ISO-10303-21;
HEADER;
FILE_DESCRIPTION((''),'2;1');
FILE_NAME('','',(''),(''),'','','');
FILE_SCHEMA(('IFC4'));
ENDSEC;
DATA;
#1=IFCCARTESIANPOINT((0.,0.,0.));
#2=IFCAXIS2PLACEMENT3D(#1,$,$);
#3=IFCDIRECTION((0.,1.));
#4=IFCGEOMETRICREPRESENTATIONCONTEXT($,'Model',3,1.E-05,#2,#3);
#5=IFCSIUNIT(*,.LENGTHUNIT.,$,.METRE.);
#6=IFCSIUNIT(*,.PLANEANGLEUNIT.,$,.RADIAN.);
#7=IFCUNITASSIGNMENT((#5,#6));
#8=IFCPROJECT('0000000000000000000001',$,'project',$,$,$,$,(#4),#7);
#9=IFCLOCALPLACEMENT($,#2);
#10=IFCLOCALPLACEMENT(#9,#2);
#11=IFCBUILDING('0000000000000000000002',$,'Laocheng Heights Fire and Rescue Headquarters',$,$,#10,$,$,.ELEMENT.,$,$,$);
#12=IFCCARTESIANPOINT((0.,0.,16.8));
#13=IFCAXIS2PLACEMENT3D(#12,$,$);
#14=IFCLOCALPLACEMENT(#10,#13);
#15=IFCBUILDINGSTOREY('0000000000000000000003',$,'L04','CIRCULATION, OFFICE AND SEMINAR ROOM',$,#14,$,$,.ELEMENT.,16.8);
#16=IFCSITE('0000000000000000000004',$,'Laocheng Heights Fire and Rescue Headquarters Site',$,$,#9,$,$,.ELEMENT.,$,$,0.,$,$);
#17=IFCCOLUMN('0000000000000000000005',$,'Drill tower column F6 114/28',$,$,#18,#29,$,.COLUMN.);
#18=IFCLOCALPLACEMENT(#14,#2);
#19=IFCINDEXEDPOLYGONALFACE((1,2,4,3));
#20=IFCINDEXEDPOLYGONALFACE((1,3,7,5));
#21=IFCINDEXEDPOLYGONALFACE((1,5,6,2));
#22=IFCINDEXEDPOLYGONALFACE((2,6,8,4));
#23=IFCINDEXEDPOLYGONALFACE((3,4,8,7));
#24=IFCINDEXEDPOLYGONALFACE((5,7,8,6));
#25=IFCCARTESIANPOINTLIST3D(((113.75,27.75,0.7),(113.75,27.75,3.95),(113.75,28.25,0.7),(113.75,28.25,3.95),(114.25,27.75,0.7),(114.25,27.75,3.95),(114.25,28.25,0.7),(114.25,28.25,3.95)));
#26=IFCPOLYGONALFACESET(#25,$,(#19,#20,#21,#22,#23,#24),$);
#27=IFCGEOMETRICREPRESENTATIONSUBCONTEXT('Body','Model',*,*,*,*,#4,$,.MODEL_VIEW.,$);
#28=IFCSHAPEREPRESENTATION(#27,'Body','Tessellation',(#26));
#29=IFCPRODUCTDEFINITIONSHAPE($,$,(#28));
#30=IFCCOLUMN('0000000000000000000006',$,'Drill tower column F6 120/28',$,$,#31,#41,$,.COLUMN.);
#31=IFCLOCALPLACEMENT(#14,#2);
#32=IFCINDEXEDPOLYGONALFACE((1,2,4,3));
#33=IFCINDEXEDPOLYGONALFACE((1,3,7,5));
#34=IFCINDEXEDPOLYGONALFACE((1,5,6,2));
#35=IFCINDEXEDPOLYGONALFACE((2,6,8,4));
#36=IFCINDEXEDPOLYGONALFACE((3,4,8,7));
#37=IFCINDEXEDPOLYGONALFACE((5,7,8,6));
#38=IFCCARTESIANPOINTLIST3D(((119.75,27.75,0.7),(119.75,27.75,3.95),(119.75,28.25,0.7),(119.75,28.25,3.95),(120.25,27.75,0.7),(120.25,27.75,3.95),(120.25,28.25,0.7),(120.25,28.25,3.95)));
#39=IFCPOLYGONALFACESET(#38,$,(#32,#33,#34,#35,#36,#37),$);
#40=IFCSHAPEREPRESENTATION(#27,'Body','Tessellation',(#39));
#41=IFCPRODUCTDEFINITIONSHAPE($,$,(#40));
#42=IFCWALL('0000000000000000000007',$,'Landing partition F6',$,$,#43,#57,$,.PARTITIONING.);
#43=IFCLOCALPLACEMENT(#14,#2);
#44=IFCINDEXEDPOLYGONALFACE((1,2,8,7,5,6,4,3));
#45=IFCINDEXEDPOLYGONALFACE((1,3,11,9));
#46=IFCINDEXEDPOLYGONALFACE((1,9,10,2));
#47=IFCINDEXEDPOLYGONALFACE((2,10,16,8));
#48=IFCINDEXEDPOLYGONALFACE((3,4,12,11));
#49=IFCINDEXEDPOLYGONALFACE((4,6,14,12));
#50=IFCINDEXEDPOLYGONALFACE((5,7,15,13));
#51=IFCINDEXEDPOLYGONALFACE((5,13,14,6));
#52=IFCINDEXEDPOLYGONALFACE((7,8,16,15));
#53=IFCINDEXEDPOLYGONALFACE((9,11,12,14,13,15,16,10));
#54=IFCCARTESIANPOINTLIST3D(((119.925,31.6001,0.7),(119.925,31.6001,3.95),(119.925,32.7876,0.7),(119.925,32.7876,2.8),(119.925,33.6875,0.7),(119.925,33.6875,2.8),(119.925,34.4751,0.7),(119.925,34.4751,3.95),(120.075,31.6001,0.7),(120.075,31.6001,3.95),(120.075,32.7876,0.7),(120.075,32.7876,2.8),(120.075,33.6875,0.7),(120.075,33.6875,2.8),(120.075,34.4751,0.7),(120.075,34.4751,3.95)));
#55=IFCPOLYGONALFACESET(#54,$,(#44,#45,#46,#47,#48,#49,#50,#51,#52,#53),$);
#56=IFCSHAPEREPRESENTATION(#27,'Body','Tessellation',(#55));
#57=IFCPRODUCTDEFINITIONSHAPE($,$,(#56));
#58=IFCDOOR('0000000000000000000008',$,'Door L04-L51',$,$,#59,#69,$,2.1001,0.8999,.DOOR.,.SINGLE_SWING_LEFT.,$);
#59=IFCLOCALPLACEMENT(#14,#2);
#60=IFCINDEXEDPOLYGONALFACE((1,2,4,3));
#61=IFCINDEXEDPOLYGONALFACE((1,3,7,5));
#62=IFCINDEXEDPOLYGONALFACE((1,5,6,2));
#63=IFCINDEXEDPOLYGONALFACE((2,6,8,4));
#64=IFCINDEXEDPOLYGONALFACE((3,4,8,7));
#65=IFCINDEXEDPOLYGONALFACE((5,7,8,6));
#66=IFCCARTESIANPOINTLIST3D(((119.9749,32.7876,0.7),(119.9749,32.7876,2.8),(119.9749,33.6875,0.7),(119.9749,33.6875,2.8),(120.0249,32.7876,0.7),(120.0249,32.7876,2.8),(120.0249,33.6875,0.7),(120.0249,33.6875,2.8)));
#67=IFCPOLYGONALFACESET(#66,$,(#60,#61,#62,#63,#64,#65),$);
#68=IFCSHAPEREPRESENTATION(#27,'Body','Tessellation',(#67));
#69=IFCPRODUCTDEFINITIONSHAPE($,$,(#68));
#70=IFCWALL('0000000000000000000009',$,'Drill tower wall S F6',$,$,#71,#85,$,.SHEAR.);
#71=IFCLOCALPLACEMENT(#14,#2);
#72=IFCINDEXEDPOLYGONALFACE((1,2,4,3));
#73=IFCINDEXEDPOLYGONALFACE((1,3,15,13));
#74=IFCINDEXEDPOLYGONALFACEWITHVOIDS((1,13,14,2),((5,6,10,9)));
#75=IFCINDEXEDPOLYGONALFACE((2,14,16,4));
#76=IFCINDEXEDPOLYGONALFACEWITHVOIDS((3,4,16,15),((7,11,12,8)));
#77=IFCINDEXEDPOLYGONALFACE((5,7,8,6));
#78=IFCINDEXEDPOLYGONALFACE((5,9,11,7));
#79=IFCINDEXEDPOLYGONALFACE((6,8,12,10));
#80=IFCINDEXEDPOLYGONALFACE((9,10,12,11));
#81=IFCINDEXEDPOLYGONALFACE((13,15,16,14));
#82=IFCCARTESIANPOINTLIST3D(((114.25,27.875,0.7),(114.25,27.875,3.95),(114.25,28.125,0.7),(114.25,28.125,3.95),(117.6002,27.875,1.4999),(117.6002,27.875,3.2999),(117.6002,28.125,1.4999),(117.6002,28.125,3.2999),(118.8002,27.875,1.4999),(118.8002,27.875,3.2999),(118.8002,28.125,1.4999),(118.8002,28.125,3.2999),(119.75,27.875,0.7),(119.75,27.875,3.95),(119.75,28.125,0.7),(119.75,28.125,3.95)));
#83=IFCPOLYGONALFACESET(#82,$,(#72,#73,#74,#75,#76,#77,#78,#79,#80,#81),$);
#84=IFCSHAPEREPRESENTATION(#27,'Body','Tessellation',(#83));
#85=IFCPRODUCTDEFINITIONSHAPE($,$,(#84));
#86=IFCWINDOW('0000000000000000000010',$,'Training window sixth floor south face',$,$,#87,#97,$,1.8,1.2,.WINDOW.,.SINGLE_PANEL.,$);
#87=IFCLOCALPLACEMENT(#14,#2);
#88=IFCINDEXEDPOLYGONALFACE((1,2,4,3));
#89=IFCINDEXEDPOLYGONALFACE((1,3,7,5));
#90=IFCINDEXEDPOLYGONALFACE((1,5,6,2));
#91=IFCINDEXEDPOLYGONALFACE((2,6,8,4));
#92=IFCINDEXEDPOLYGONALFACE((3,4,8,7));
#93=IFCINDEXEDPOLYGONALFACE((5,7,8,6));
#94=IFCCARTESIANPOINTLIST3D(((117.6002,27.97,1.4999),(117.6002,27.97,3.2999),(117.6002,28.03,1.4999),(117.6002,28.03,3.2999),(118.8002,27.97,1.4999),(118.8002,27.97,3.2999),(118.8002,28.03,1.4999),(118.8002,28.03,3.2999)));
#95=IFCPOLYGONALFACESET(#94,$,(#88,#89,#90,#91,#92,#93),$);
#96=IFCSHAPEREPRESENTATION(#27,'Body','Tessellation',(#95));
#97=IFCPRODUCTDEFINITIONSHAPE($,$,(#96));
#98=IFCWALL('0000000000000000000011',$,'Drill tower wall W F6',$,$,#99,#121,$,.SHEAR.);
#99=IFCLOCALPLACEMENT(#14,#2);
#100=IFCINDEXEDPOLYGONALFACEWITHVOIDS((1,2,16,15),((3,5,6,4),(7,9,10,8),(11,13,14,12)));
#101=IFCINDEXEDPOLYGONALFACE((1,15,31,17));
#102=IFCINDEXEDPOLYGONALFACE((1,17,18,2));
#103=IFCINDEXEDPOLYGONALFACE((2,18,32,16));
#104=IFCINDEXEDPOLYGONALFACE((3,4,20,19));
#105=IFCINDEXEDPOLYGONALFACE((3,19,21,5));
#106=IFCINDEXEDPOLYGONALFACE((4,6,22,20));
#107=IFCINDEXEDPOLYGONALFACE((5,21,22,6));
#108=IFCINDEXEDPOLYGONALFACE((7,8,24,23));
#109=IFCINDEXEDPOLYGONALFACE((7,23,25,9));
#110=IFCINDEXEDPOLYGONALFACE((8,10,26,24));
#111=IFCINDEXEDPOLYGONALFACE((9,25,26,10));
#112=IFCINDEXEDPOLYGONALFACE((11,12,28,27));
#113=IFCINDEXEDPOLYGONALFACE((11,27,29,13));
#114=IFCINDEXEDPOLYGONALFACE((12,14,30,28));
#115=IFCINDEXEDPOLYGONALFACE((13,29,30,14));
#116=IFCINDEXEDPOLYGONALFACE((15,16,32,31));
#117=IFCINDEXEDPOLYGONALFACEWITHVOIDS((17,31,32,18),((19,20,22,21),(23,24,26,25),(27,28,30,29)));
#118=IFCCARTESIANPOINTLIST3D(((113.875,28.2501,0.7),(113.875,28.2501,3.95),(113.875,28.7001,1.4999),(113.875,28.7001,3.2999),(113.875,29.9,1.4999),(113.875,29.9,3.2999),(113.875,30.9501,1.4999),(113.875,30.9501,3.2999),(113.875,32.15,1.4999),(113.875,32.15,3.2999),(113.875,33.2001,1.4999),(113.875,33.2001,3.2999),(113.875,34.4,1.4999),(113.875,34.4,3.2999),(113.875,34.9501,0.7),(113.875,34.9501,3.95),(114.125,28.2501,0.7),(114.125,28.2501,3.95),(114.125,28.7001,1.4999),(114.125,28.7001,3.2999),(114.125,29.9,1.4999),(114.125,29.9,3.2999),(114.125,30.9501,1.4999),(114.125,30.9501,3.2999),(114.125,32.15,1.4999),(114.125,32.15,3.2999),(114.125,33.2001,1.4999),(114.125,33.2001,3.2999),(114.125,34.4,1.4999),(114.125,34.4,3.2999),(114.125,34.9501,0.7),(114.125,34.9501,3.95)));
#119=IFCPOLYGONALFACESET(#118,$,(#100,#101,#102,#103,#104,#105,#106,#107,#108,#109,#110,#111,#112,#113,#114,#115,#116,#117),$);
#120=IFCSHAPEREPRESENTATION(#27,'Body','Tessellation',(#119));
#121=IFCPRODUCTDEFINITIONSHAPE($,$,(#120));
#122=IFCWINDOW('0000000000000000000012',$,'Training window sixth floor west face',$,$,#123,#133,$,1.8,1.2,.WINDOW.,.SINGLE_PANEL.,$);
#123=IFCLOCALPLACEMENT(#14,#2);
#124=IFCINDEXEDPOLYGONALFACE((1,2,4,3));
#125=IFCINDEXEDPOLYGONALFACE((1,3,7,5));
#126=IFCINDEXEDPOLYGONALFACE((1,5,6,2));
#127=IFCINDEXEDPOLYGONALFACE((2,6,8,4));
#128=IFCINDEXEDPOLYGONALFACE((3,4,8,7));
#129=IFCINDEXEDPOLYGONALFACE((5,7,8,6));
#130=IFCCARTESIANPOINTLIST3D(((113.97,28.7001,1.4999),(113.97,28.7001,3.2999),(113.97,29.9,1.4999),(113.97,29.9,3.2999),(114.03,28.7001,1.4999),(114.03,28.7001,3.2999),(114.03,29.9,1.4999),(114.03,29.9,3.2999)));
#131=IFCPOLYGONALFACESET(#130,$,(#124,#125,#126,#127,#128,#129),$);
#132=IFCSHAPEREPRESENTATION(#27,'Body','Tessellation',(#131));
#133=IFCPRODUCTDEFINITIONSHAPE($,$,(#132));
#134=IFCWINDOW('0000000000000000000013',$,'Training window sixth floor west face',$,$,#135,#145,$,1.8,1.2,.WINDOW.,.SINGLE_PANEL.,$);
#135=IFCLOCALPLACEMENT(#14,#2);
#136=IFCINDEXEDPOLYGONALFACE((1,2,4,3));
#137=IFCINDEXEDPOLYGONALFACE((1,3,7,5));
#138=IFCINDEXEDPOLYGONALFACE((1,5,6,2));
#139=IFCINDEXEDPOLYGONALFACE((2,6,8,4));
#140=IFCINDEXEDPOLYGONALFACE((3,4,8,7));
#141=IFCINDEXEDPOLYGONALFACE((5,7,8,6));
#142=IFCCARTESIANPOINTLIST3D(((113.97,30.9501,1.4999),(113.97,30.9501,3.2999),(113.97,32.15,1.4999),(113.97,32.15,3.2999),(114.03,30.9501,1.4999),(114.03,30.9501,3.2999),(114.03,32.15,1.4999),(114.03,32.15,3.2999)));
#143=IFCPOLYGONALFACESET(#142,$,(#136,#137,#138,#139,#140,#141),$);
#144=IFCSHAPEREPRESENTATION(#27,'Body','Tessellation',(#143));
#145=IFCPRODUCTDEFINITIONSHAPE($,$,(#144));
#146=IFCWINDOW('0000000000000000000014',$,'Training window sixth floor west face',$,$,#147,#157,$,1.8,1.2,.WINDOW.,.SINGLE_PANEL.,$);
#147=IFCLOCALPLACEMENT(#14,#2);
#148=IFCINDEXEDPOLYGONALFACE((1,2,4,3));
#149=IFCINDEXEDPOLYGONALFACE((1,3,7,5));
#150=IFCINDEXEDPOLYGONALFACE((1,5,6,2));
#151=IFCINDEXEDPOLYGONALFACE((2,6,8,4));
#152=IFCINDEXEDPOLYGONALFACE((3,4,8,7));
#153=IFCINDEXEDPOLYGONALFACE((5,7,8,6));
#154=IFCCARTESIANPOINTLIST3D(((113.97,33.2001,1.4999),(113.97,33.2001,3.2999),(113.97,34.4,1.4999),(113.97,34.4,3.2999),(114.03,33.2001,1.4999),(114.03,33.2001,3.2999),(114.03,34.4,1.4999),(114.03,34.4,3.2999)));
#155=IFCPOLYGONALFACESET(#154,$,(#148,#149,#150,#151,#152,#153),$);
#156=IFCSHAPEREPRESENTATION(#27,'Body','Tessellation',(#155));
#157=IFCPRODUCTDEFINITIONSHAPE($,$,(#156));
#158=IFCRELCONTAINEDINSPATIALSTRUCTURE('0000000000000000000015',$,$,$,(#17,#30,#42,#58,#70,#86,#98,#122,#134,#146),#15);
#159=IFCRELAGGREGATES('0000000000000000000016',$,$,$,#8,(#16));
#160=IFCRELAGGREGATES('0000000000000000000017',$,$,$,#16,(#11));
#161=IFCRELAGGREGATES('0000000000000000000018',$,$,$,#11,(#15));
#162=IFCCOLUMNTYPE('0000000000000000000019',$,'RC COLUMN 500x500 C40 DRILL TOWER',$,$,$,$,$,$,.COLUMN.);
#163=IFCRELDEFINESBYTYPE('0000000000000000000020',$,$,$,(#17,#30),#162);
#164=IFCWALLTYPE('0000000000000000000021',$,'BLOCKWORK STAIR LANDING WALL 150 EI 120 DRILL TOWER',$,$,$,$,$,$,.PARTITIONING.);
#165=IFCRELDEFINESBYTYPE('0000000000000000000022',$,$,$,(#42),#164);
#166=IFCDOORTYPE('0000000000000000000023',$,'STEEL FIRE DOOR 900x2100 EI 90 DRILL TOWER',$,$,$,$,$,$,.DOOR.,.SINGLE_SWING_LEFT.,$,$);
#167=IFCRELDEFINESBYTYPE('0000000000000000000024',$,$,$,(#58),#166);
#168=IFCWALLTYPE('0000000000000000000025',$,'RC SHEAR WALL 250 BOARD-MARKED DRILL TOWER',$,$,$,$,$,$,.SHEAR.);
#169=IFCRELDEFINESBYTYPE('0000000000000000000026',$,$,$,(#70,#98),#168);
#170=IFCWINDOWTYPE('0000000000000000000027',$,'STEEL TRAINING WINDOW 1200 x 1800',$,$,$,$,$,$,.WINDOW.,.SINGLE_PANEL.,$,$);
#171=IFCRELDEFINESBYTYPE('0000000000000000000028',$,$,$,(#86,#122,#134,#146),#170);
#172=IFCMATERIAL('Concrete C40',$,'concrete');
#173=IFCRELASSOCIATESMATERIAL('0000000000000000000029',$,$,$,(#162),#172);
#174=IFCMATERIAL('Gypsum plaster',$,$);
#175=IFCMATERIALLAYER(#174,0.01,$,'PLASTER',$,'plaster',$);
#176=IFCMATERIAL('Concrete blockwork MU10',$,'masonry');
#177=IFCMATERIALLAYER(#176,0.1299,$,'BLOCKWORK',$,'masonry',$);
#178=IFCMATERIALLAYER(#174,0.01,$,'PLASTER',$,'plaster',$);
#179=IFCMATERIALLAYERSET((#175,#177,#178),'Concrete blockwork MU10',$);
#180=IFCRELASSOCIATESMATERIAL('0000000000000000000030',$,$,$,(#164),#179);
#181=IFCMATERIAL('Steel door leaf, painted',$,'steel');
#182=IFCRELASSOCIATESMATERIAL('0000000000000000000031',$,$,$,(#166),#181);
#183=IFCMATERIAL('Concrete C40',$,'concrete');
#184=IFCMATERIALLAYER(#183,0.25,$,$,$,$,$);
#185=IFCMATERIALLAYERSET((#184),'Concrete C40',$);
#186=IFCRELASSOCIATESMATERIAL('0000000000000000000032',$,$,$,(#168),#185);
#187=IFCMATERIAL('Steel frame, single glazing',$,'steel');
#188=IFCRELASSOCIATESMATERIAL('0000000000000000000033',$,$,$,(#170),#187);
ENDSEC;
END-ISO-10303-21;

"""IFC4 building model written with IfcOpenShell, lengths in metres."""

from ifc_helpers import new_model, si_unit, direction, frame, frame_2d, origin, origin_2d, place, context, subcontext, project, spatial, rectangle, extrude, material, layer, layer_set, material_profile, profile_set, type_object, element, fill, save


model = new_model("IFC4")

# Units and contexts
model_context = context("Model", 3, precision=1e-05, world=origin(), true_north=direction((0.0, 1.0)))
body_context = subcontext(model_context, "Body", "Model", "MODEL_VIEW")
ifc_project = project(units=[si_unit("LENGTHUNIT", "METRE"), si_unit("PLANEANGLEUNIT", "RADIAN")], contexts=[model_context])

# Site, building, storey
site_placement = place(None, origin())
site = spatial("IfcSite", under=ifc_project, at=site_placement, Name="Laocheng Heights Fire and Rescue Headquarters Site", CompositionType="ELEMENT", RefElevation=0.0)
building_placement = place(site_placement, origin())
building = spatial("IfcBuilding", under=site, at=building_placement, Name="Laocheng Heights Fire and Rescue Headquarters", CompositionType="ELEMENT")
storey_placement = place(building_placement, frame((0.0, 0.0, 16.8)))
storey = spatial("IfcBuildingStorey", under=building, at=storey_placement, Name="L04", Description="CIRCULATION, OFFICE AND SEMINAR ROOM", CompositionType="ELEMENT", Elevation=16.8)

# Columns
ifc_material_1 = material(Name="Concrete C40", Category="concrete")
ifc_material_profile = material_profile(ifc_material_1, rectangle(XDim=0.5, YDim=0.5, at=origin_2d()), Name="RC COLUMN 500x500 C40 DRILL TOWER")
ifc_profile_set = profile_set([ifc_material_profile], Name="Concrete C40")
column_type = type_object("IfcColumnType", Name="RC COLUMN 500x500 C40 DRILL TOWER", PredefinedType="COLUMN", material=ifc_profile_set)
for number, where, z_axis, x_axis, name in (
    (1, (114.0, 28.0, 0.7), (0.0, 0.0, 1.0), (1.0, 0.0, 0.0), "Drill tower column F6 114/28"),
    (2, (120.0, 28.0, 0.7), (0.0, 0.0, 1.0), (1.0, 0.0, 0.0), "Drill tower column F6 120/28"),
):
    element("IfcColumn", number, at=place(storey_placement, frame(where, z_axis=z_axis, x_axis=x_axis)), inside=storey, type_object=column_type, Name=name, PredefinedType="COLUMN", context=body_context, shape_type="SweptSolid", body=[
        extrude(rectangle(XDim=0.5, YDim=0.5, at=origin_2d()), origin(), (0.0, 0.0, 1.0), 3.25),
    ])

# Wall, opening, door
ifc_material_2 = material(Name="Gypsum plaster")
ifc_layer_1 = layer(ifc_material_2, 0.01, Name="PLASTER", Category="plaster")
ifc_material_3 = material(Name="Concrete blockwork MU10", Category="masonry")
ifc_layer_2 = layer(ifc_material_3, 0.1299, Name="BLOCKWORK", Category="masonry")
ifc_layer_3 = layer(ifc_material_2, 0.01, Name="PLASTER", Category="plaster")
ifc_layer_set_1 = layer_set([ifc_layer_1, ifc_layer_2, ifc_layer_3], Name="Concrete blockwork MU10")
wall_type_1 = type_object("IfcWallType", Name="BLOCKWORK STAIR LANDING WALL 150 EI 120 DRILL TOWER", PredefinedType="PARTITIONING", material=ifc_layer_set_1)
wall_1_placement = place(storey_placement, frame((120.0, 31.6001, 0.7), z_axis=(0.0, 0.0, 1.0), x_axis=(0.0, 1.0, 0.0)))
wall_1 = element("IfcWall", 3, at=wall_1_placement, inside=storey, type_object=wall_type_1, Name="Landing partition F6", PredefinedType="PARTITIONING", context=body_context, shape_type="SweptSolid", body=[
    extrude(rectangle(XDim=2.875, YDim=0.1499, at=frame_2d((1.4375, 0.0))), origin(), (0.0, 0.0, 1.0), 3.25),
])
opening_1_placement = place(wall_1_placement, frame((1.1875, 0.0, 0.0)))
opening_1 = element("IfcOpeningElement", 4, at=opening_1_placement, cuts=wall_1, PredefinedType="OPENING", context=body_context, shape_type="SweptSolid", body=[
    extrude(rectangle(XDim=0.8999, YDim=2.1001, at=frame_2d((0.45, 1.05))), frame((0.0, 0.085, 0.0), z_axis=(0.0, -1.0, 0.0), x_axis=(1.0, 0.0, 0.0)), (0.0, 0.0, 1.0), 0.1699),
])
ifc_material_4 = material(Name="Steel door leaf, painted", Category="steel")
door_type_1 = type_object("IfcDoorType", Name="STEEL FIRE DOOR 900x2100 EI 90 DRILL TOWER", OperationType="SINGLE_SWING_LEFT", PredefinedType="DOOR", material=ifc_material_4)
door_1_placement = place(opening_1_placement, frame((0.8999, 0.0, 0.0), z_axis=(0.0, 0.0, 1.0), x_axis=(-1.0, 0.0, 0.0)))
door_1 = element("IfcDoor", 5, at=door_1_placement, inside=storey, type_object=door_type_1, Name="Door L04-L51", OperationType="SINGLE_SWING_LEFT", OverallHeight=2.1001, OverallWidth=0.8999, PredefinedType="DOOR", context=body_context, shape_type="SweptSolid", body=[
    extrude(rectangle(XDim=0.8999, YDim=2.1001, at=frame_2d((0.45, 1.05))), frame((0.0, 0.0249, 0.0), z_axis=(0.0, -1.0, 0.0), x_axis=(1.0, 0.0, 0.0)), (0.0, 0.0, 1.0), 0.05),
])
fill(opening_1, door_1)

# Wall, opening, window
ifc_material_5 = material(Name="Concrete C40", Category="concrete")
ifc_layer_4 = layer(ifc_material_5, 0.25)
ifc_layer_set_2 = layer_set([ifc_layer_4], Name="Concrete C40")
wall_type_2 = type_object("IfcWallType", Name="RC SHEAR WALL 250 BOARD-MARKED DRILL TOWER", PredefinedType="SHEAR", material=ifc_layer_set_2)
wall_2_placement = place(storey_placement, frame((114.25, 28.0, 0.7), z_axis=(0.0, 0.0, 1.0), x_axis=(1.0, 0.0, 0.0)))
wall_2 = element("IfcWall", 6, at=wall_2_placement, inside=storey, type_object=wall_type_2, Name="Drill tower wall S F6", PredefinedType="SHEAR", context=body_context, shape_type="SweptSolid", body=[
    extrude(rectangle(XDim=5.5, YDim=0.25, at=frame_2d((2.75, 0.0))), origin(), (0.0, 0.0, 1.0), 3.25),
])
opening_2_placement = place(wall_2_placement, frame((3.3501, 0.0, 0.8)))
opening_2 = element("IfcOpeningElement", 7, at=opening_2_placement, cuts=wall_2, PredefinedType="OPENING", context=body_context, shape_type="SweptSolid", body=[
    extrude(rectangle(XDim=1.2, YDim=1.8, at=frame_2d((0.6001, 0.8999))), frame((0.0, 0.135, 0.0), z_axis=(0.0, -1.0, 0.0), x_axis=(1.0, 0.0, 0.0)), (0.0, 0.0, 1.0), 0.27),
])
ifc_material_6 = material(Name="Steel frame, single glazing", Category="steel")
window_type = type_object("IfcWindowType", Name="STEEL TRAINING WINDOW 1200 x 1800", PartitioningType="SINGLE_PANEL", PredefinedType="WINDOW", material=ifc_material_6)
window_1_placement = place(opening_2_placement, origin())
window_1 = element("IfcWindow", 8, at=window_1_placement, inside=storey, type_object=window_type, Name="Training window sixth floor south face", OverallHeight=1.8, OverallWidth=1.2, PartitioningType="SINGLE_PANEL", PredefinedType="WINDOW", context=body_context, shape_type="SweptSolid", body=[
    extrude(rectangle(XDim=1.2, YDim=1.8, at=frame_2d((0.6001, 0.8999))), frame((0.0, 0.03, 0.0), z_axis=(0.0, -1.0, 0.0), x_axis=(1.0, 0.0, 0.0)), (0.0, 0.0, 1.0), 0.0601),
])
fill(opening_2, window_1)

# Wall, openings, windows
wall_3_placement = place(storey_placement, frame((114.0, 28.25, 0.7), z_axis=(0.0, 0.0, 1.0), x_axis=(0.0, 1.0, 0.0)))
wall_3 = element("IfcWall", 9, at=wall_3_placement, inside=storey, type_object=wall_type_2, Name="Drill tower wall W F6", PredefinedType="SHEAR", context=body_context, shape_type="SweptSolid", body=[
    extrude(rectangle(XDim=6.7, YDim=0.25, at=frame_2d((3.3501, 0.0))), origin(), (0.0, 0.0, 1.0), 3.25),
])
opening_3_placement = place(wall_3_placement, frame((0.45, 0.0, 0.8)))
opening_3 = element("IfcOpeningElement", 10, at=opening_3_placement, cuts=wall_3, PredefinedType="OPENING", context=body_context, shape_type="SweptSolid", body=[
    extrude(rectangle(XDim=1.2, YDim=1.8, at=frame_2d((0.6001, 0.8999))), frame((0.0, 0.135, 0.0), z_axis=(0.0, -1.0, 0.0), x_axis=(1.0, 0.0, 0.0)), (0.0, 0.0, 1.0), 0.27),
])
opening_4_placement = place(wall_3_placement, frame((2.7, 0.0, 0.8)))
opening_4 = element("IfcOpeningElement", 11, at=opening_4_placement, cuts=wall_3, PredefinedType="OPENING", context=body_context, shape_type="SweptSolid", body=[
    extrude(rectangle(XDim=1.2, YDim=1.8, at=frame_2d((0.6001, 0.8999))), frame((0.0, 0.135, 0.0), z_axis=(0.0, -1.0, 0.0), x_axis=(1.0, 0.0, 0.0)), (0.0, 0.0, 1.0), 0.27),
])
opening_5_placement = place(wall_3_placement, frame((4.95, 0.0, 0.8)))
opening_5 = element("IfcOpeningElement", 12, at=opening_5_placement, cuts=wall_3, PredefinedType="OPENING", context=body_context, shape_type="SweptSolid", body=[
    extrude(rectangle(XDim=1.2, YDim=1.8, at=frame_2d((0.6001, 0.8999))), frame((0.0, 0.135, 0.0), z_axis=(0.0, -1.0, 0.0), x_axis=(1.0, 0.0, 0.0)), (0.0, 0.0, 1.0), 0.27),
])
window_2_placement = place(opening_3_placement, origin())
window_2 = element("IfcWindow", 13, at=window_2_placement, inside=storey, type_object=window_type, Name="Training window sixth floor west face", OverallHeight=1.8, OverallWidth=1.2, PartitioningType="SINGLE_PANEL", PredefinedType="WINDOW", context=body_context, shape_type="SweptSolid", body=[
    extrude(rectangle(XDim=1.2, YDim=1.8, at=frame_2d((0.6001, 0.8999))), frame((0.0, 0.03, 0.0), z_axis=(0.0, -1.0, 0.0), x_axis=(1.0, 0.0, 0.0)), (0.0, 0.0, 1.0), 0.0601),
])
fill(opening_3, window_2)
window_3_placement = place(opening_4_placement, origin())
window_3 = element("IfcWindow", 14, at=window_3_placement, inside=storey, type_object=window_type, Name="Training window sixth floor west face", OverallHeight=1.8, OverallWidth=1.2, PartitioningType="SINGLE_PANEL", PredefinedType="WINDOW", context=body_context, shape_type="SweptSolid", body=[
    extrude(rectangle(XDim=1.2, YDim=1.8, at=frame_2d((0.6001, 0.8999))), frame((0.0, 0.03, 0.0), z_axis=(0.0, -1.0, 0.0), x_axis=(1.0, 0.0, 0.0)), (0.0, 0.0, 1.0), 0.0601),
])
fill(opening_4, window_3)
window_4_placement = place(opening_5_placement, origin())
window_4 = element("IfcWindow", 15, at=window_4_placement, inside=storey, type_object=window_type, Name="Training window sixth floor west face", OverallHeight=1.8, OverallWidth=1.2, PartitioningType="SINGLE_PANEL", PredefinedType="WINDOW", context=body_context, shape_type="SweptSolid", body=[
    extrude(rectangle(XDim=1.2, YDim=1.8, at=frame_2d((0.6001, 0.8999))), frame((0.0, 0.03, 0.0), z_axis=(0.0, -1.0, 0.0), x_axis=(1.0, 0.0, 0.0)), (0.0, 0.0, 1.0), 0.0601),
])
fill(opening_5, window_4)

save(model, "model.ifc")
